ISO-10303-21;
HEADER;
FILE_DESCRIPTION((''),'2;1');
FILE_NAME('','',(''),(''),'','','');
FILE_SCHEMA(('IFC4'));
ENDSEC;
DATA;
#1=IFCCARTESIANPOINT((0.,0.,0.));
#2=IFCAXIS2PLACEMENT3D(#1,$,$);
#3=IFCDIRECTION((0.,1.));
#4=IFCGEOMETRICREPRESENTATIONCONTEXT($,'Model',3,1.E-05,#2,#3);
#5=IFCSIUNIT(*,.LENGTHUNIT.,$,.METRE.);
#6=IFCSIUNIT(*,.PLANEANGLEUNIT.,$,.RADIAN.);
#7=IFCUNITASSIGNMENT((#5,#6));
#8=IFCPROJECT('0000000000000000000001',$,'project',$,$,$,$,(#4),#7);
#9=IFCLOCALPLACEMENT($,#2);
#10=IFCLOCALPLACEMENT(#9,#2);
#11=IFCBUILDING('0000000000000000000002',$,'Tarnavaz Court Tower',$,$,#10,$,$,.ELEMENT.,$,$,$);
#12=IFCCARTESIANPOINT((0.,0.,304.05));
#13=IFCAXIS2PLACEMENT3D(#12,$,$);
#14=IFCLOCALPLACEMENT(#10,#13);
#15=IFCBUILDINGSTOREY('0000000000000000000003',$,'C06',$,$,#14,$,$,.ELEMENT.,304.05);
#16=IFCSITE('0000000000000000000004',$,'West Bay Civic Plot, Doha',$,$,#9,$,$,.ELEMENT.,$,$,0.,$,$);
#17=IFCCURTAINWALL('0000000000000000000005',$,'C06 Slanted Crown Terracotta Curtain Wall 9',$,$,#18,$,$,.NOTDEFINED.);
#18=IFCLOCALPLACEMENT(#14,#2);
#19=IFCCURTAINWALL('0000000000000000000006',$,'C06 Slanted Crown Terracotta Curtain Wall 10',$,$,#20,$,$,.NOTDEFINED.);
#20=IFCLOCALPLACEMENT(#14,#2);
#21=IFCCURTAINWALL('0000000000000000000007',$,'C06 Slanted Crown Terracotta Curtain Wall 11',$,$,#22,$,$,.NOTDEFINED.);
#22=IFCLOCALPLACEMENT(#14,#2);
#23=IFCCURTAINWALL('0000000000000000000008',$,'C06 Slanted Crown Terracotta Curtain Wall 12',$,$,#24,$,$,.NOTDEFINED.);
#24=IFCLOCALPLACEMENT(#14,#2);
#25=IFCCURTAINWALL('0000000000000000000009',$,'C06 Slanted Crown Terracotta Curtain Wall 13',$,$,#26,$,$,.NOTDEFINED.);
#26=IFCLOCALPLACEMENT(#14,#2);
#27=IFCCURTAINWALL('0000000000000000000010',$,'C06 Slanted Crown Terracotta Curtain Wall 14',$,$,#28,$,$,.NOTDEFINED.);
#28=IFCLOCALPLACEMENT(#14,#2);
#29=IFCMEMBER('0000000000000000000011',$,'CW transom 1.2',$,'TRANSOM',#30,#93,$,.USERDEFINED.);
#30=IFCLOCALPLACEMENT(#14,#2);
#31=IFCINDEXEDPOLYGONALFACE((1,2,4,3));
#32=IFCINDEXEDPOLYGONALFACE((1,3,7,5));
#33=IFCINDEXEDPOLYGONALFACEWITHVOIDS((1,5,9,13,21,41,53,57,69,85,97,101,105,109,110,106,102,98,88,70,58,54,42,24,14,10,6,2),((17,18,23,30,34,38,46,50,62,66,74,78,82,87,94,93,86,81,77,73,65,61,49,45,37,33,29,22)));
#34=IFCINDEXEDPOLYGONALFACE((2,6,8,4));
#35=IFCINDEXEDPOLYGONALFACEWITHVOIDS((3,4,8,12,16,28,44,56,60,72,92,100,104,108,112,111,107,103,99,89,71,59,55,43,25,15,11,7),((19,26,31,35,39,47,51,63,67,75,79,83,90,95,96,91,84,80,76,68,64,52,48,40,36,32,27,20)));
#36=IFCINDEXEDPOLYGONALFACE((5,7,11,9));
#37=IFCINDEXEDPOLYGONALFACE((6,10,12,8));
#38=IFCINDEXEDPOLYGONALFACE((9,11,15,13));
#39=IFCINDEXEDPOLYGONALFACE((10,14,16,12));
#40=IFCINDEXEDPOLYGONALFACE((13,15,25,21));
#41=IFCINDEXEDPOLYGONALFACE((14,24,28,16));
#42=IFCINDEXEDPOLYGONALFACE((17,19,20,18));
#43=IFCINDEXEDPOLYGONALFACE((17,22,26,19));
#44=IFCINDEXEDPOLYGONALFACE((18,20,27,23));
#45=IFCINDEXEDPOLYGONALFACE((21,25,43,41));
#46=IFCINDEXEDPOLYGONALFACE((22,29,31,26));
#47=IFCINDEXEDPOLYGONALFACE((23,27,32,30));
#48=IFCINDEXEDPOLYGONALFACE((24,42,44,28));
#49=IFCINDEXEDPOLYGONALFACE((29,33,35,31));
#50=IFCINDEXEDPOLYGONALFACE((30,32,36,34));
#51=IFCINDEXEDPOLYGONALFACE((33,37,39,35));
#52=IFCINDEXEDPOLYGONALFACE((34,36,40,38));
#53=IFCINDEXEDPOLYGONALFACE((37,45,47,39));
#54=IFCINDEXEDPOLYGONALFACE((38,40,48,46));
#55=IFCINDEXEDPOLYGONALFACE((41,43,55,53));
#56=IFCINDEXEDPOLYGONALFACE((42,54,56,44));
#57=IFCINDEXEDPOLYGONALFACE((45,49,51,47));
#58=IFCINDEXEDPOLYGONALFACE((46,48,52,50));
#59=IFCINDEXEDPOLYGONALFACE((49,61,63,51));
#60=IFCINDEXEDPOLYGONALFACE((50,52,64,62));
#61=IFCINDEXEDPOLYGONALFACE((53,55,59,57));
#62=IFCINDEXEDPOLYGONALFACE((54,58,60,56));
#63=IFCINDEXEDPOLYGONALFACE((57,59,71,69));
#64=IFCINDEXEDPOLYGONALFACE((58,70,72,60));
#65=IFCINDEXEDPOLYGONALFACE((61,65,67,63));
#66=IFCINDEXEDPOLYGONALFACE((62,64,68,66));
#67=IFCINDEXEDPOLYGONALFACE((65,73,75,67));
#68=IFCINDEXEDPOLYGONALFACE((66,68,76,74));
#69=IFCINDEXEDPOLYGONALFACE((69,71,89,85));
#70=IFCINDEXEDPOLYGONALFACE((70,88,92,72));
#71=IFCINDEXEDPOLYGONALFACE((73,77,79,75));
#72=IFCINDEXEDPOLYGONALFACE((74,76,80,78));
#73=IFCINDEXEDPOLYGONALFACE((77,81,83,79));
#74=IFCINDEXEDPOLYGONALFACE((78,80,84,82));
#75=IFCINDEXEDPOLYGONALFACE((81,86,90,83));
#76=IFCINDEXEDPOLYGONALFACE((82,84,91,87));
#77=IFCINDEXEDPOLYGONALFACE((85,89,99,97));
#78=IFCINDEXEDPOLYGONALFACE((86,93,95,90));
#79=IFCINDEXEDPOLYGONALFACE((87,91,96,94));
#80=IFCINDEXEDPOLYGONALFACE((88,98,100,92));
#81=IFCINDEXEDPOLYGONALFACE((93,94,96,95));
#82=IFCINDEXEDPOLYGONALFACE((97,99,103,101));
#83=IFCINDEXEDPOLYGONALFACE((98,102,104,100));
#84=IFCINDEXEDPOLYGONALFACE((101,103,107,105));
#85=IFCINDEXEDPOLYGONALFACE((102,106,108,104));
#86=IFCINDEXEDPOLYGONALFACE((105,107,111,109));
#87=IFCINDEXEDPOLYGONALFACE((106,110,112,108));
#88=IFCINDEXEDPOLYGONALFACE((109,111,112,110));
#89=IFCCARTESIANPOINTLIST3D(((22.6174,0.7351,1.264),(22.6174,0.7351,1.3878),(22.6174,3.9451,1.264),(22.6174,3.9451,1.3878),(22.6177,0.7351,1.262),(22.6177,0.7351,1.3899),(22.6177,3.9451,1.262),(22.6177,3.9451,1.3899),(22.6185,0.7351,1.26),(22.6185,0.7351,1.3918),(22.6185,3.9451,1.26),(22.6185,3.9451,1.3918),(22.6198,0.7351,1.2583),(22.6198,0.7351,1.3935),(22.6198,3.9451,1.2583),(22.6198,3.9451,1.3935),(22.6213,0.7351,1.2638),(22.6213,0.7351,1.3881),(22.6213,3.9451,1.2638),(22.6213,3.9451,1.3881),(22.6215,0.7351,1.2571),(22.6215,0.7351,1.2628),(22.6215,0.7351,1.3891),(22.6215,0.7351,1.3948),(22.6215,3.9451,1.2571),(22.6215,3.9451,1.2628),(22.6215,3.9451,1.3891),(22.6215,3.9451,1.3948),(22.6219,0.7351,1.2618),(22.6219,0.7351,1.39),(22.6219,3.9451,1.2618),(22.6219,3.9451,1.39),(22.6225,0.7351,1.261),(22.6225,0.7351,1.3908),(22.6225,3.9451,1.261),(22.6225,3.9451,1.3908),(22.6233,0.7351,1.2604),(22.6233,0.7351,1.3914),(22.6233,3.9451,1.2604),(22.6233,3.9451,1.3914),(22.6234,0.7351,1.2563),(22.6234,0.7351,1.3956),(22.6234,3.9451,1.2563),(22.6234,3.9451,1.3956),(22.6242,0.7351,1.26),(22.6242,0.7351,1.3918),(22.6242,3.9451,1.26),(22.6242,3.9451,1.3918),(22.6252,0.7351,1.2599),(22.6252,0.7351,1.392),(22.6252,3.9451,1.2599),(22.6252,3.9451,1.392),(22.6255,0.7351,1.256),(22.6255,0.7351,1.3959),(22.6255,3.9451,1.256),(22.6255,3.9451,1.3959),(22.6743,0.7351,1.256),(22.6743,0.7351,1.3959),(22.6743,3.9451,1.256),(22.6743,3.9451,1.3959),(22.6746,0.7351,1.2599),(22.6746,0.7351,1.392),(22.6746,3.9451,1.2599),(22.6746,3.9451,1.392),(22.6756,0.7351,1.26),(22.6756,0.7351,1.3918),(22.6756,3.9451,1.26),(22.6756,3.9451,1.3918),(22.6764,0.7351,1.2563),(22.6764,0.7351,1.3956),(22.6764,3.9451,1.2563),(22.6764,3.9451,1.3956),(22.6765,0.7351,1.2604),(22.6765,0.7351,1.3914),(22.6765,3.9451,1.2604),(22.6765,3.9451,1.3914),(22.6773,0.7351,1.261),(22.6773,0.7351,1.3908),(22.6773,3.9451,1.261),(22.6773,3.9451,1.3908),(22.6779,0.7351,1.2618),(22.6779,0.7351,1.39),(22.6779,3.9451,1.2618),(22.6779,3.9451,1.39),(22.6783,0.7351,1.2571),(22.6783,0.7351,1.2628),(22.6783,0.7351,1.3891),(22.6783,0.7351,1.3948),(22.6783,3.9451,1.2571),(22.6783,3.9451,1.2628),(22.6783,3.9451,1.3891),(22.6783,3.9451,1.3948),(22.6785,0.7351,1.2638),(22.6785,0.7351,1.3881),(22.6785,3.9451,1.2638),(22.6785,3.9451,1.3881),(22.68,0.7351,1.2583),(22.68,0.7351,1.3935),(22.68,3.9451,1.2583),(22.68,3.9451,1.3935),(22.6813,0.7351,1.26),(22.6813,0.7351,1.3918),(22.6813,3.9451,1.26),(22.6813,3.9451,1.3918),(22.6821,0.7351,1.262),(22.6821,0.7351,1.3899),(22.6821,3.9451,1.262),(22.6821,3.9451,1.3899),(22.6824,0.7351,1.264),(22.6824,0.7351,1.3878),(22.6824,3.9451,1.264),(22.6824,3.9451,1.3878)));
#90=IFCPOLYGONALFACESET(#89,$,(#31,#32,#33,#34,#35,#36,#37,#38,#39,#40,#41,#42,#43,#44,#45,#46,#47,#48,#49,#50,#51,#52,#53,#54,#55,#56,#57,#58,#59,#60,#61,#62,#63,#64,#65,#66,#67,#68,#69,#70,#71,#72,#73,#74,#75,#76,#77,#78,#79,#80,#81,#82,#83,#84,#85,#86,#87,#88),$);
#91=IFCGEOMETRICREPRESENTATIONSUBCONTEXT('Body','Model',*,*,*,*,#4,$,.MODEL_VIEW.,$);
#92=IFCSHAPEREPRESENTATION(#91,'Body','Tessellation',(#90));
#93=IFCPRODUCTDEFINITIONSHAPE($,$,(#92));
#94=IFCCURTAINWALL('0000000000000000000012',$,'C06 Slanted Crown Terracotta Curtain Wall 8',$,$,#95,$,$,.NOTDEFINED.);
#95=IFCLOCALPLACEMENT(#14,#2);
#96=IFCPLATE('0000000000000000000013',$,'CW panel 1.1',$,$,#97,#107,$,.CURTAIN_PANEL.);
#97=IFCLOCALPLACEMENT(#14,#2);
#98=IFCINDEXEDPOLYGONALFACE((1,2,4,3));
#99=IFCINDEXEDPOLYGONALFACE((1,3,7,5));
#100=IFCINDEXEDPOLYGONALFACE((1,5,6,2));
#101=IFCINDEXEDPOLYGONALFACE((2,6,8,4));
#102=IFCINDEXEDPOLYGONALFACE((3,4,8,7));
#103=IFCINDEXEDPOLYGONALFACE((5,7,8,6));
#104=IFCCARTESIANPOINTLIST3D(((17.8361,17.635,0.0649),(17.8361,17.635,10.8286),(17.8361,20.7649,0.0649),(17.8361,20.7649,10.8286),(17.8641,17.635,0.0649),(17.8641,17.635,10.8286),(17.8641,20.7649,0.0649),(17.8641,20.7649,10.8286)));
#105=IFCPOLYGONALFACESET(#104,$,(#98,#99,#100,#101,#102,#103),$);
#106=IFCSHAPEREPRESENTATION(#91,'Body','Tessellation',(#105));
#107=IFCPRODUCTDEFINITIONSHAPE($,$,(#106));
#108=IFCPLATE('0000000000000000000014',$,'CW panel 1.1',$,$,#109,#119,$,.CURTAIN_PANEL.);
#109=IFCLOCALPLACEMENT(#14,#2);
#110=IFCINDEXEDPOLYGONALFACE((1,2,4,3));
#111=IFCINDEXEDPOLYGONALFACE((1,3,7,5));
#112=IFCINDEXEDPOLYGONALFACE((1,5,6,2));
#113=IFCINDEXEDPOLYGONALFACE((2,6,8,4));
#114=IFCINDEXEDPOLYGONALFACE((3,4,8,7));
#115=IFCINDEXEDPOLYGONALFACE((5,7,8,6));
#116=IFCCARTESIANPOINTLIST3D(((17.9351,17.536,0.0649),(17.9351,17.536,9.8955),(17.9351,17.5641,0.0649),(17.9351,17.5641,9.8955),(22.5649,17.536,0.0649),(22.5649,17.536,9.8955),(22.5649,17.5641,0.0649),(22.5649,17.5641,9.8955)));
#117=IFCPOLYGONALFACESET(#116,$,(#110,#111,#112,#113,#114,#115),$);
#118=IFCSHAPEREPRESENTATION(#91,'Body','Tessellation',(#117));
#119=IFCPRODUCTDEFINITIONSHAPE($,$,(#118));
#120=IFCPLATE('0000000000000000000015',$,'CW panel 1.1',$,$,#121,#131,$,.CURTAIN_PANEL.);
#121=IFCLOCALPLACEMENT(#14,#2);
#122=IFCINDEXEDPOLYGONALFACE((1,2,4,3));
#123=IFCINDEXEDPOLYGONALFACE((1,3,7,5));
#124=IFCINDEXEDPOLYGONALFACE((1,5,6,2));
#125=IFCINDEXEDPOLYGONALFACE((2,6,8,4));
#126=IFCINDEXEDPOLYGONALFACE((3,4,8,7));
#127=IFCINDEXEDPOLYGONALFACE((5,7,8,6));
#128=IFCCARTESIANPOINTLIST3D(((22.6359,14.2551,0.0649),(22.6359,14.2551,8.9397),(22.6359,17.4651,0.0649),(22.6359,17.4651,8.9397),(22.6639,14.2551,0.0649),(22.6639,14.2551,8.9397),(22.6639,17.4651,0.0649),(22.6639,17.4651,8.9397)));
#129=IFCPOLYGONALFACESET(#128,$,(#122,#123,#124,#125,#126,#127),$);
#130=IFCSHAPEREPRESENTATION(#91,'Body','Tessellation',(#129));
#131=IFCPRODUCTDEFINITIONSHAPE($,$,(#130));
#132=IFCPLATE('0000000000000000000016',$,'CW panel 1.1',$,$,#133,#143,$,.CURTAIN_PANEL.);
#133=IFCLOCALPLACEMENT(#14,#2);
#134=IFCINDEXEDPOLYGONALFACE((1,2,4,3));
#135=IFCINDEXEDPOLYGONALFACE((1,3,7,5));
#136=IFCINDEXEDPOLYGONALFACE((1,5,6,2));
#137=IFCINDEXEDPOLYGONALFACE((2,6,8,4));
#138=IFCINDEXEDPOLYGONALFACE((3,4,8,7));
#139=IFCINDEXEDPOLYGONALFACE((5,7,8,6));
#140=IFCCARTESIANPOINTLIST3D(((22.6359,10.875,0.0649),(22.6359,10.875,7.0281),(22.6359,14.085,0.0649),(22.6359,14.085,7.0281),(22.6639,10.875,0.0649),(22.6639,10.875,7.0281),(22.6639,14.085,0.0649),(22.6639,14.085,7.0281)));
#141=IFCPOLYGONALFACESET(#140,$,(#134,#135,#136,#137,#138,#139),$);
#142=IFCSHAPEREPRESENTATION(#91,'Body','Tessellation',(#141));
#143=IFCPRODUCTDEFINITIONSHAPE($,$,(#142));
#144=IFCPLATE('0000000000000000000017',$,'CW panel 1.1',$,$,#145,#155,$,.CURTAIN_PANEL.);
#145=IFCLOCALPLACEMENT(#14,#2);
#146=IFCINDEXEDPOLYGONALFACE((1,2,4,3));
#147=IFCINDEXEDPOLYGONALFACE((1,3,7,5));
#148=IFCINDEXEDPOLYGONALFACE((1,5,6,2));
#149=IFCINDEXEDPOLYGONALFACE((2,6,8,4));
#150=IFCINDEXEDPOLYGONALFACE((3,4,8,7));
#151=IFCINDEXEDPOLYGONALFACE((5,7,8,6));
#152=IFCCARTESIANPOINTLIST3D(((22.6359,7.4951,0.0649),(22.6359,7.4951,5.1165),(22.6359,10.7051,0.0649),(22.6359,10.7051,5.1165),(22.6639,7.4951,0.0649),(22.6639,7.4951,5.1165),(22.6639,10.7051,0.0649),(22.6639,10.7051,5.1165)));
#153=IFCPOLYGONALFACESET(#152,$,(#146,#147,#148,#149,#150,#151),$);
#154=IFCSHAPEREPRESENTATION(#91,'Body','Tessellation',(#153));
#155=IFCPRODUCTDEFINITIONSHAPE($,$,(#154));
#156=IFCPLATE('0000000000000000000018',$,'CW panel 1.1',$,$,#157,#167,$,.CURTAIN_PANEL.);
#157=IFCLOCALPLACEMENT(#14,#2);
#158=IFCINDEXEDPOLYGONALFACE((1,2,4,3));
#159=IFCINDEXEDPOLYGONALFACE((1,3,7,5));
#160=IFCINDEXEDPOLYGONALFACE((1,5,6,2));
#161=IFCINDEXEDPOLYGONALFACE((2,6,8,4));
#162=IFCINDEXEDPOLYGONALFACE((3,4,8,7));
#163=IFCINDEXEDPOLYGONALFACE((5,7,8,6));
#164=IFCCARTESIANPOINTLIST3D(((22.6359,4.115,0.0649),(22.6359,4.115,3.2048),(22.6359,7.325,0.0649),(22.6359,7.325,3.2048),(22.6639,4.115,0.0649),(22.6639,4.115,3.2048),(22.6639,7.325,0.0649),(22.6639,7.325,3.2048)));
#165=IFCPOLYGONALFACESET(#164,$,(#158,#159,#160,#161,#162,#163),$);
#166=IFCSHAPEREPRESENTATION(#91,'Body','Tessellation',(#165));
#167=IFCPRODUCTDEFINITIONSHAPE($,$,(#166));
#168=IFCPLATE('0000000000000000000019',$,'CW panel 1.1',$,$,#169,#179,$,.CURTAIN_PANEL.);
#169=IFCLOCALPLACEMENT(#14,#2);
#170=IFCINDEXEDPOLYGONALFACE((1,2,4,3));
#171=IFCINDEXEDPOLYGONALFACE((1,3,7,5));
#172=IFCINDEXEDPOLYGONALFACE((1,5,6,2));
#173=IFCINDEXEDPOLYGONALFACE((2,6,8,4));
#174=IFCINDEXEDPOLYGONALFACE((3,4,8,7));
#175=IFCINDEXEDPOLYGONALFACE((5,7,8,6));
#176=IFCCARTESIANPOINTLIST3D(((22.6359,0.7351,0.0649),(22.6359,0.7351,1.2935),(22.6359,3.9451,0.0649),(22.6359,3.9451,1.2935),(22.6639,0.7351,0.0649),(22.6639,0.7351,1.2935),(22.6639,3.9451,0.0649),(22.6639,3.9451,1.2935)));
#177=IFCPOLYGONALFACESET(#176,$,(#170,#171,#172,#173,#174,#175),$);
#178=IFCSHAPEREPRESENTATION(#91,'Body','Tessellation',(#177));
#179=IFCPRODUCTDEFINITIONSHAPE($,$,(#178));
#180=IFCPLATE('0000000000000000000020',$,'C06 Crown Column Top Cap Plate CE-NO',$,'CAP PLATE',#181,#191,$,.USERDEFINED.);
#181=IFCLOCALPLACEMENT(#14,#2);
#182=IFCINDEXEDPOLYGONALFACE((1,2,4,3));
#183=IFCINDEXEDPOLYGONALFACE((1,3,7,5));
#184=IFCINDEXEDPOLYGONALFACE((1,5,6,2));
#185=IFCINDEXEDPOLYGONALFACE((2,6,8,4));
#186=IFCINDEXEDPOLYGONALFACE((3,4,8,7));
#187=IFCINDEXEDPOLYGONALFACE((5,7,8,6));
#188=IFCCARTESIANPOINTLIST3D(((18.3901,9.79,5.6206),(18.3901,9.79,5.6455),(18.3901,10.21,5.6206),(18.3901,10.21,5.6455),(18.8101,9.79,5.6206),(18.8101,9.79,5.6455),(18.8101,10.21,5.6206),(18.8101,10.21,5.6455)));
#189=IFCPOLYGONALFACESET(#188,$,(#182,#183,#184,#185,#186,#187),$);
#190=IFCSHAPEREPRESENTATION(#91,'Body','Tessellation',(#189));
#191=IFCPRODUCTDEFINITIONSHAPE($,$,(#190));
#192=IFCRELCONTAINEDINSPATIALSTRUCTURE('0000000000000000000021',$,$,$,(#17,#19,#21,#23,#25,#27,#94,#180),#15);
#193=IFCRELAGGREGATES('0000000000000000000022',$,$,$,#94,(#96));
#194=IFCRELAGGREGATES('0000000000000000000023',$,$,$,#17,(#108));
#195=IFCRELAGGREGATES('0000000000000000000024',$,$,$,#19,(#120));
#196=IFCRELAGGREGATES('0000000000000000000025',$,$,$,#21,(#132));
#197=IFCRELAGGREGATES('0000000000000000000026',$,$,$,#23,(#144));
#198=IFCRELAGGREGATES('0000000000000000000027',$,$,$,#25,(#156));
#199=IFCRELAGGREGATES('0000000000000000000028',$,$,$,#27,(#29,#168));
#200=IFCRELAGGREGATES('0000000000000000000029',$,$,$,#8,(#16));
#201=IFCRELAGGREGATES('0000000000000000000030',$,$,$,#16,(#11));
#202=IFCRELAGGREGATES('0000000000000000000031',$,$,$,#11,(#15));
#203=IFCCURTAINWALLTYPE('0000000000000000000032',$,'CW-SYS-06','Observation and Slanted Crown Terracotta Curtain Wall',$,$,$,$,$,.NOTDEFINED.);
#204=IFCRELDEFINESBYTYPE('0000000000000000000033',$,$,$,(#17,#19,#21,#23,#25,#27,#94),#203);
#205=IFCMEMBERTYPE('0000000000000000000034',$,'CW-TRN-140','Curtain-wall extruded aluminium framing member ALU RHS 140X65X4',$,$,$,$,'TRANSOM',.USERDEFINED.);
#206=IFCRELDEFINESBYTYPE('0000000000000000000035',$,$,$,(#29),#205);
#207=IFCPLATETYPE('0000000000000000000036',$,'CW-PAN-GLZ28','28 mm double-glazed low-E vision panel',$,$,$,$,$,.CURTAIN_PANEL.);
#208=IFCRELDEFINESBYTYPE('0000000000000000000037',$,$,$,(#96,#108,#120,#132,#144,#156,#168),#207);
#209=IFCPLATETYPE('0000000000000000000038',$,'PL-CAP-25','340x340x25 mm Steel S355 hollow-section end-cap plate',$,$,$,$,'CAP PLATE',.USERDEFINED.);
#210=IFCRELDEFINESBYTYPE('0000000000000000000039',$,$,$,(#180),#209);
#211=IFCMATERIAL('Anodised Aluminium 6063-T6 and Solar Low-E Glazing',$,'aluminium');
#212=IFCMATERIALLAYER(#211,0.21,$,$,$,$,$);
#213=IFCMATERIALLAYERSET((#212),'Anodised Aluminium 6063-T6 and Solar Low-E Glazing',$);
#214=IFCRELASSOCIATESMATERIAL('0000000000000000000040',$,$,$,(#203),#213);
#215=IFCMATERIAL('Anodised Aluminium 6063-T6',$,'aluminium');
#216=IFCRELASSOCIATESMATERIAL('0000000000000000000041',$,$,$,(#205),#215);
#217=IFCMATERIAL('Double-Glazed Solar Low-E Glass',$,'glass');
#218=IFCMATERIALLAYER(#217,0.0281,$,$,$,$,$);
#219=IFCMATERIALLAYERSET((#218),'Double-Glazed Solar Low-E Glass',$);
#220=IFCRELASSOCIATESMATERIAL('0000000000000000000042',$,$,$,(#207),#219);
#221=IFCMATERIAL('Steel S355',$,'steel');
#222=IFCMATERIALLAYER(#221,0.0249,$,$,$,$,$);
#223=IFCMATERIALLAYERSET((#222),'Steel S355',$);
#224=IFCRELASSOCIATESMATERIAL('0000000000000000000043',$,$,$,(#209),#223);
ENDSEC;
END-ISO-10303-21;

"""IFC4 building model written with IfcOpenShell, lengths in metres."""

from ifc_helpers import new_model, si_unit, direction, frame, origin, origin_2d, place, context, subcontext, project, spatial, rectangle, hollow_rectangle, extrude, material, layer, layer_set, material_profile, profile_set, type_object, element, aggregate, save


model = new_model("IFC4")

# Units and contexts
model_context = context("Model", 3, precision=1e-05, world=origin(), true_north=direction((0.0, 1.0)))
body_context = subcontext(model_context, "Body", "Model", "MODEL_VIEW")
ifc_project = project(units=[si_unit("LENGTHUNIT", "METRE"), si_unit("PLANEANGLEUNIT", "RADIAN")], contexts=[model_context])

# Site, building, storey
site_placement = place(None, origin())
site = spatial("IfcSite", under=ifc_project, at=site_placement, Name="West Bay Civic Plot, Doha", CompositionType="ELEMENT", RefElevation=0.0)
building_placement = place(site_placement, origin())
building = spatial("IfcBuilding", under=site, at=building_placement, Name="Tarnavaz Court Tower", CompositionType="ELEMENT")
storey_placement = place(building_placement, frame((0.0, 0.0, 304.05)))
storey = spatial("IfcBuildingStorey", under=building, at=storey_placement, Name="C06", CompositionType="ELEMENT", Elevation=304.05)

# Shared definitions
ifc_material_1 = material(Name="Steel S355", Category="steel")

# Curtain walls
ifc_material_2 = material(Name="Anodised Aluminium 6063-T6 and Solar Low-E Glazing", Category="aluminium")
ifc_layer_1 = layer(ifc_material_2, 0.21)
ifc_layer_set_1 = layer_set([ifc_layer_1], Name="Anodised Aluminium 6063-T6 and Solar Low-E Glazing")
curtain_wall_type = type_object("IfcCurtainWallType", Name="CW-SYS-06", Description="Observation and Slanted Crown Terracotta Curtain Wall", PredefinedType="NOTDEFINED", material=ifc_layer_set_1)
curtain_wall_1_placement = place(storey_placement, origin())
curtain_wall_1 = element("IfcCurtainWall", 1, at=curtain_wall_1_placement, inside=storey, type_object=curtain_wall_type, Name="C06 Slanted Crown Terracotta Curtain Wall 9", PredefinedType="NOTDEFINED")
ifc_material_3 = material(Name="Anodised Aluminium 6063-T6", Category="aluminium")
curtain_wall_2_placement = place(storey_placement, origin())
curtain_wall_2 = element("IfcCurtainWall", 2, at=curtain_wall_2_placement, inside=storey, type_object=curtain_wall_type, Name="C06 Slanted Crown Terracotta Curtain Wall 10", PredefinedType="NOTDEFINED")
curtain_wall_3_placement = place(storey_placement, origin())
curtain_wall_3 = element("IfcCurtainWall", 3, at=curtain_wall_3_placement, inside=storey, type_object=curtain_wall_type, Name="C06 Slanted Crown Terracotta Curtain Wall 11", PredefinedType="NOTDEFINED")
curtain_wall_4_placement = place(storey_placement, origin())
curtain_wall_4 = element("IfcCurtainWall", 4, at=curtain_wall_4_placement, inside=storey, type_object=curtain_wall_type, Name="C06 Slanted Crown Terracotta Curtain Wall 12", PredefinedType="NOTDEFINED")
curtain_wall_5_placement = place(storey_placement, origin())
curtain_wall_5 = element("IfcCurtainWall", 5, at=curtain_wall_5_placement, inside=storey, type_object=curtain_wall_type, Name="C06 Slanted Crown Terracotta Curtain Wall 13", PredefinedType="NOTDEFINED")
curtain_wall_6_placement = place(storey_placement, origin())
curtain_wall_6 = element("IfcCurtainWall", 6, at=curtain_wall_6_placement, inside=storey, type_object=curtain_wall_type, Name="C06 Slanted Crown Terracotta Curtain Wall 14", PredefinedType="NOTDEFINED")

# Member
ifc_material_profile_1 = material_profile(ifc_material_3, hollow_rectangle(XDim=0.0649, YDim=0.1399, WallThickness=0.0039, InnerFilletRadius=0.0039, OuterFilletRadius=0.0081, at=origin_2d()), Name="ALU RHS 140X65X4")
ifc_profile_set_1 = profile_set([ifc_material_profile_1], Name="Anodised Aluminium 6063-T6")
member_type_1 = type_object("IfcMemberType", Name="CW-TRN-140", Description="Curtain-wall extruded aluminium framing member ALU RHS 140X65X4", ElementType="TRANSOM", PredefinedType="USERDEFINED", material=ifc_profile_set_1)
member_1_placement = place(storey_placement, frame((22.6499, 3.9451, 1.3259), z_axis=(0.0, -1.0, 0.0), x_axis=(1.0, 0.0, 0.0)))
member_1 = element("IfcMember", 7, at=member_1_placement, type_object=member_type_1, Name="CW transom 1.2", ObjectType="TRANSOM", PredefinedType="USERDEFINED", context=body_context, shape_type="SweptSolid", body=[
    extrude(hollow_rectangle(XDim=0.0649, YDim=0.1399, WallThickness=0.0039, InnerFilletRadius=0.0039, OuterFilletRadius=0.0081, at=origin_2d()), origin(), (0.0, 0.0, 1.0), 3.21),
])

# Curtain wall, plate
curtain_wall_7_placement = place(storey_placement, origin())
curtain_wall_7 = element("IfcCurtainWall", 8, at=curtain_wall_7_placement, inside=storey, type_object=curtain_wall_type, Name="C06 Slanted Crown Terracotta Curtain Wall 8", PredefinedType="NOTDEFINED")
ifc_material_4 = material(Name="Double-Glazed Solar Low-E Glass", Category="glass")
ifc_layer_2 = layer(ifc_material_4, 0.0281)
ifc_layer_set_2 = layer_set([ifc_layer_2], Name="Double-Glazed Solar Low-E Glass")
plate_type_1 = type_object("IfcPlateType", Name="CW-PAN-GLZ28", Description="28 mm double-glazed low-E vision panel", PredefinedType="CURTAIN_PANEL", material=ifc_layer_set_2)
plate_1_placement = place(storey_placement, frame((17.8501, 19.2, 0.0649), z_axis=(0.0, 0.0, 1.0), x_axis=(0.0, -1.0, 0.0)))
plate_1 = element("IfcPlate", 9, at=plate_1_placement, type_object=plate_type_1, Name="CW panel 1.1", PredefinedType="CURTAIN_PANEL", context=body_context, shape_type="SweptSolid", body=[
    extrude(rectangle(XDim=3.1299, YDim=0.0281, at=origin_2d()), origin(), (0.0, 0.0, 1.0), 10.7637),
])
aggregate(curtain_wall_7, [plate_1])

# Plates
plate_2_placement = place(storey_placement, frame((20.25, 17.55, 0.0649), z_axis=(0.0, 0.0, 1.0), x_axis=(1.0, 0.0, 0.0)))
plate_2 = element("IfcPlate", 10, at=plate_2_placement, type_object=plate_type_1, Name="CW panel 1.1", PredefinedType="CURTAIN_PANEL", context=body_context, shape_type="SweptSolid", body=[
    extrude(rectangle(XDim=4.6299, YDim=0.0281, at=origin_2d()), origin(), (0.0, 0.0, 1.0), 9.8306),
])
aggregate(curtain_wall_1, [plate_2])
plate_3_placement = place(storey_placement, frame((22.6499, 15.8601, 0.0649), z_axis=(0.0, 0.0, 1.0), x_axis=(0.0, -1.0, 0.0)))
plate_3 = element("IfcPlate", 11, at=plate_3_placement, type_object=plate_type_1, Name="CW panel 1.1", PredefinedType="CURTAIN_PANEL", context=body_context, shape_type="SweptSolid", body=[
    extrude(rectangle(XDim=3.21, YDim=0.0281, at=origin_2d()), origin(), (0.0, 0.0, 1.0), 8.8748),
])
aggregate(curtain_wall_2, [plate_3])
plate_4_placement = place(storey_placement, frame((22.6499, 12.48, 0.0649), z_axis=(0.0, 0.0, 1.0), x_axis=(0.0, -1.0, 0.0)))
plate_4 = element("IfcPlate", 12, at=plate_4_placement, type_object=plate_type_1, Name="CW panel 1.1", PredefinedType="CURTAIN_PANEL", context=body_context, shape_type="SweptSolid", body=[
    extrude(rectangle(XDim=3.21, YDim=0.0281, at=origin_2d()), origin(), (0.0, 0.0, 1.0), 6.9631),
])
aggregate(curtain_wall_3, [plate_4])
plate_5_placement = place(storey_placement, frame((22.6499, 9.1001, 0.0649), z_axis=(0.0, 0.0, 1.0), x_axis=(0.0, -1.0, 0.0)))
plate_5 = element("IfcPlate", 13, at=plate_5_placement, type_object=plate_type_1, Name="CW panel 1.1", PredefinedType="CURTAIN_PANEL", context=body_context, shape_type="SweptSolid", body=[
    extrude(rectangle(XDim=3.21, YDim=0.0281, at=origin_2d()), origin(), (0.0, 0.0, 1.0), 5.0515),
])
aggregate(curtain_wall_4, [plate_5])
plate_6_placement = place(storey_placement, frame((22.6499, 5.72, 0.0649), z_axis=(0.0, 0.0, 1.0), x_axis=(0.0, -1.0, 0.0)))
plate_6 = element("IfcPlate", 14, at=plate_6_placement, type_object=plate_type_1, Name="CW panel 1.1", PredefinedType="CURTAIN_PANEL", context=body_context, shape_type="SweptSolid", body=[
    extrude(rectangle(XDim=3.21, YDim=0.0281, at=origin_2d()), origin(), (0.0, 0.0, 1.0), 3.1399),
])
aggregate(curtain_wall_5, [plate_6])
plate_7_placement = place(storey_placement, frame((22.6499, 2.3401, 0.0649), z_axis=(0.0, 0.0, 1.0), x_axis=(0.0, -1.0, 0.0)))
plate_7 = element("IfcPlate", 15, at=plate_7_placement, type_object=plate_type_1, Name="CW panel 1.1", PredefinedType="CURTAIN_PANEL", context=body_context, shape_type="SweptSolid", body=[
    extrude(rectangle(XDim=3.21, YDim=0.0281, at=origin_2d()), origin(), (0.0, 0.0, 1.0), 1.2285),
])
aggregate(curtain_wall_6, [member_1, plate_7])
ifc_layer_3 = layer(ifc_material_1, 0.0249)
ifc_layer_set_3 = layer_set([ifc_layer_3], Name="Steel S355")
plate_type_2 = type_object("IfcPlateType", Name="PL-CAP-25", Description="340x340x25 mm Steel S355 hollow-section end-cap plate", ElementType="CAP PLATE", PredefinedType="USERDEFINED", material=ifc_layer_set_3)
plate_8_placement = place(storey_placement, frame((18.6001, 10.0, 5.6206), z_axis=(0.0, 0.0, 1.0), x_axis=(1.0, 0.0, 0.0)))
element("IfcPlate", 16, at=plate_8_placement, inside=storey, type_object=plate_type_2, Name="C06 Crown Column Top Cap Plate CE-NO", ObjectType="CAP PLATE", PredefinedType="USERDEFINED", context=body_context, shape_type="SweptSolid", body=[
    extrude(rectangle(XDim=0.4199, YDim=0.4199, at=origin_2d()), origin(), (0.0, 0.0, 1.0), 0.0249),
])

save(model, "model.ifc")
